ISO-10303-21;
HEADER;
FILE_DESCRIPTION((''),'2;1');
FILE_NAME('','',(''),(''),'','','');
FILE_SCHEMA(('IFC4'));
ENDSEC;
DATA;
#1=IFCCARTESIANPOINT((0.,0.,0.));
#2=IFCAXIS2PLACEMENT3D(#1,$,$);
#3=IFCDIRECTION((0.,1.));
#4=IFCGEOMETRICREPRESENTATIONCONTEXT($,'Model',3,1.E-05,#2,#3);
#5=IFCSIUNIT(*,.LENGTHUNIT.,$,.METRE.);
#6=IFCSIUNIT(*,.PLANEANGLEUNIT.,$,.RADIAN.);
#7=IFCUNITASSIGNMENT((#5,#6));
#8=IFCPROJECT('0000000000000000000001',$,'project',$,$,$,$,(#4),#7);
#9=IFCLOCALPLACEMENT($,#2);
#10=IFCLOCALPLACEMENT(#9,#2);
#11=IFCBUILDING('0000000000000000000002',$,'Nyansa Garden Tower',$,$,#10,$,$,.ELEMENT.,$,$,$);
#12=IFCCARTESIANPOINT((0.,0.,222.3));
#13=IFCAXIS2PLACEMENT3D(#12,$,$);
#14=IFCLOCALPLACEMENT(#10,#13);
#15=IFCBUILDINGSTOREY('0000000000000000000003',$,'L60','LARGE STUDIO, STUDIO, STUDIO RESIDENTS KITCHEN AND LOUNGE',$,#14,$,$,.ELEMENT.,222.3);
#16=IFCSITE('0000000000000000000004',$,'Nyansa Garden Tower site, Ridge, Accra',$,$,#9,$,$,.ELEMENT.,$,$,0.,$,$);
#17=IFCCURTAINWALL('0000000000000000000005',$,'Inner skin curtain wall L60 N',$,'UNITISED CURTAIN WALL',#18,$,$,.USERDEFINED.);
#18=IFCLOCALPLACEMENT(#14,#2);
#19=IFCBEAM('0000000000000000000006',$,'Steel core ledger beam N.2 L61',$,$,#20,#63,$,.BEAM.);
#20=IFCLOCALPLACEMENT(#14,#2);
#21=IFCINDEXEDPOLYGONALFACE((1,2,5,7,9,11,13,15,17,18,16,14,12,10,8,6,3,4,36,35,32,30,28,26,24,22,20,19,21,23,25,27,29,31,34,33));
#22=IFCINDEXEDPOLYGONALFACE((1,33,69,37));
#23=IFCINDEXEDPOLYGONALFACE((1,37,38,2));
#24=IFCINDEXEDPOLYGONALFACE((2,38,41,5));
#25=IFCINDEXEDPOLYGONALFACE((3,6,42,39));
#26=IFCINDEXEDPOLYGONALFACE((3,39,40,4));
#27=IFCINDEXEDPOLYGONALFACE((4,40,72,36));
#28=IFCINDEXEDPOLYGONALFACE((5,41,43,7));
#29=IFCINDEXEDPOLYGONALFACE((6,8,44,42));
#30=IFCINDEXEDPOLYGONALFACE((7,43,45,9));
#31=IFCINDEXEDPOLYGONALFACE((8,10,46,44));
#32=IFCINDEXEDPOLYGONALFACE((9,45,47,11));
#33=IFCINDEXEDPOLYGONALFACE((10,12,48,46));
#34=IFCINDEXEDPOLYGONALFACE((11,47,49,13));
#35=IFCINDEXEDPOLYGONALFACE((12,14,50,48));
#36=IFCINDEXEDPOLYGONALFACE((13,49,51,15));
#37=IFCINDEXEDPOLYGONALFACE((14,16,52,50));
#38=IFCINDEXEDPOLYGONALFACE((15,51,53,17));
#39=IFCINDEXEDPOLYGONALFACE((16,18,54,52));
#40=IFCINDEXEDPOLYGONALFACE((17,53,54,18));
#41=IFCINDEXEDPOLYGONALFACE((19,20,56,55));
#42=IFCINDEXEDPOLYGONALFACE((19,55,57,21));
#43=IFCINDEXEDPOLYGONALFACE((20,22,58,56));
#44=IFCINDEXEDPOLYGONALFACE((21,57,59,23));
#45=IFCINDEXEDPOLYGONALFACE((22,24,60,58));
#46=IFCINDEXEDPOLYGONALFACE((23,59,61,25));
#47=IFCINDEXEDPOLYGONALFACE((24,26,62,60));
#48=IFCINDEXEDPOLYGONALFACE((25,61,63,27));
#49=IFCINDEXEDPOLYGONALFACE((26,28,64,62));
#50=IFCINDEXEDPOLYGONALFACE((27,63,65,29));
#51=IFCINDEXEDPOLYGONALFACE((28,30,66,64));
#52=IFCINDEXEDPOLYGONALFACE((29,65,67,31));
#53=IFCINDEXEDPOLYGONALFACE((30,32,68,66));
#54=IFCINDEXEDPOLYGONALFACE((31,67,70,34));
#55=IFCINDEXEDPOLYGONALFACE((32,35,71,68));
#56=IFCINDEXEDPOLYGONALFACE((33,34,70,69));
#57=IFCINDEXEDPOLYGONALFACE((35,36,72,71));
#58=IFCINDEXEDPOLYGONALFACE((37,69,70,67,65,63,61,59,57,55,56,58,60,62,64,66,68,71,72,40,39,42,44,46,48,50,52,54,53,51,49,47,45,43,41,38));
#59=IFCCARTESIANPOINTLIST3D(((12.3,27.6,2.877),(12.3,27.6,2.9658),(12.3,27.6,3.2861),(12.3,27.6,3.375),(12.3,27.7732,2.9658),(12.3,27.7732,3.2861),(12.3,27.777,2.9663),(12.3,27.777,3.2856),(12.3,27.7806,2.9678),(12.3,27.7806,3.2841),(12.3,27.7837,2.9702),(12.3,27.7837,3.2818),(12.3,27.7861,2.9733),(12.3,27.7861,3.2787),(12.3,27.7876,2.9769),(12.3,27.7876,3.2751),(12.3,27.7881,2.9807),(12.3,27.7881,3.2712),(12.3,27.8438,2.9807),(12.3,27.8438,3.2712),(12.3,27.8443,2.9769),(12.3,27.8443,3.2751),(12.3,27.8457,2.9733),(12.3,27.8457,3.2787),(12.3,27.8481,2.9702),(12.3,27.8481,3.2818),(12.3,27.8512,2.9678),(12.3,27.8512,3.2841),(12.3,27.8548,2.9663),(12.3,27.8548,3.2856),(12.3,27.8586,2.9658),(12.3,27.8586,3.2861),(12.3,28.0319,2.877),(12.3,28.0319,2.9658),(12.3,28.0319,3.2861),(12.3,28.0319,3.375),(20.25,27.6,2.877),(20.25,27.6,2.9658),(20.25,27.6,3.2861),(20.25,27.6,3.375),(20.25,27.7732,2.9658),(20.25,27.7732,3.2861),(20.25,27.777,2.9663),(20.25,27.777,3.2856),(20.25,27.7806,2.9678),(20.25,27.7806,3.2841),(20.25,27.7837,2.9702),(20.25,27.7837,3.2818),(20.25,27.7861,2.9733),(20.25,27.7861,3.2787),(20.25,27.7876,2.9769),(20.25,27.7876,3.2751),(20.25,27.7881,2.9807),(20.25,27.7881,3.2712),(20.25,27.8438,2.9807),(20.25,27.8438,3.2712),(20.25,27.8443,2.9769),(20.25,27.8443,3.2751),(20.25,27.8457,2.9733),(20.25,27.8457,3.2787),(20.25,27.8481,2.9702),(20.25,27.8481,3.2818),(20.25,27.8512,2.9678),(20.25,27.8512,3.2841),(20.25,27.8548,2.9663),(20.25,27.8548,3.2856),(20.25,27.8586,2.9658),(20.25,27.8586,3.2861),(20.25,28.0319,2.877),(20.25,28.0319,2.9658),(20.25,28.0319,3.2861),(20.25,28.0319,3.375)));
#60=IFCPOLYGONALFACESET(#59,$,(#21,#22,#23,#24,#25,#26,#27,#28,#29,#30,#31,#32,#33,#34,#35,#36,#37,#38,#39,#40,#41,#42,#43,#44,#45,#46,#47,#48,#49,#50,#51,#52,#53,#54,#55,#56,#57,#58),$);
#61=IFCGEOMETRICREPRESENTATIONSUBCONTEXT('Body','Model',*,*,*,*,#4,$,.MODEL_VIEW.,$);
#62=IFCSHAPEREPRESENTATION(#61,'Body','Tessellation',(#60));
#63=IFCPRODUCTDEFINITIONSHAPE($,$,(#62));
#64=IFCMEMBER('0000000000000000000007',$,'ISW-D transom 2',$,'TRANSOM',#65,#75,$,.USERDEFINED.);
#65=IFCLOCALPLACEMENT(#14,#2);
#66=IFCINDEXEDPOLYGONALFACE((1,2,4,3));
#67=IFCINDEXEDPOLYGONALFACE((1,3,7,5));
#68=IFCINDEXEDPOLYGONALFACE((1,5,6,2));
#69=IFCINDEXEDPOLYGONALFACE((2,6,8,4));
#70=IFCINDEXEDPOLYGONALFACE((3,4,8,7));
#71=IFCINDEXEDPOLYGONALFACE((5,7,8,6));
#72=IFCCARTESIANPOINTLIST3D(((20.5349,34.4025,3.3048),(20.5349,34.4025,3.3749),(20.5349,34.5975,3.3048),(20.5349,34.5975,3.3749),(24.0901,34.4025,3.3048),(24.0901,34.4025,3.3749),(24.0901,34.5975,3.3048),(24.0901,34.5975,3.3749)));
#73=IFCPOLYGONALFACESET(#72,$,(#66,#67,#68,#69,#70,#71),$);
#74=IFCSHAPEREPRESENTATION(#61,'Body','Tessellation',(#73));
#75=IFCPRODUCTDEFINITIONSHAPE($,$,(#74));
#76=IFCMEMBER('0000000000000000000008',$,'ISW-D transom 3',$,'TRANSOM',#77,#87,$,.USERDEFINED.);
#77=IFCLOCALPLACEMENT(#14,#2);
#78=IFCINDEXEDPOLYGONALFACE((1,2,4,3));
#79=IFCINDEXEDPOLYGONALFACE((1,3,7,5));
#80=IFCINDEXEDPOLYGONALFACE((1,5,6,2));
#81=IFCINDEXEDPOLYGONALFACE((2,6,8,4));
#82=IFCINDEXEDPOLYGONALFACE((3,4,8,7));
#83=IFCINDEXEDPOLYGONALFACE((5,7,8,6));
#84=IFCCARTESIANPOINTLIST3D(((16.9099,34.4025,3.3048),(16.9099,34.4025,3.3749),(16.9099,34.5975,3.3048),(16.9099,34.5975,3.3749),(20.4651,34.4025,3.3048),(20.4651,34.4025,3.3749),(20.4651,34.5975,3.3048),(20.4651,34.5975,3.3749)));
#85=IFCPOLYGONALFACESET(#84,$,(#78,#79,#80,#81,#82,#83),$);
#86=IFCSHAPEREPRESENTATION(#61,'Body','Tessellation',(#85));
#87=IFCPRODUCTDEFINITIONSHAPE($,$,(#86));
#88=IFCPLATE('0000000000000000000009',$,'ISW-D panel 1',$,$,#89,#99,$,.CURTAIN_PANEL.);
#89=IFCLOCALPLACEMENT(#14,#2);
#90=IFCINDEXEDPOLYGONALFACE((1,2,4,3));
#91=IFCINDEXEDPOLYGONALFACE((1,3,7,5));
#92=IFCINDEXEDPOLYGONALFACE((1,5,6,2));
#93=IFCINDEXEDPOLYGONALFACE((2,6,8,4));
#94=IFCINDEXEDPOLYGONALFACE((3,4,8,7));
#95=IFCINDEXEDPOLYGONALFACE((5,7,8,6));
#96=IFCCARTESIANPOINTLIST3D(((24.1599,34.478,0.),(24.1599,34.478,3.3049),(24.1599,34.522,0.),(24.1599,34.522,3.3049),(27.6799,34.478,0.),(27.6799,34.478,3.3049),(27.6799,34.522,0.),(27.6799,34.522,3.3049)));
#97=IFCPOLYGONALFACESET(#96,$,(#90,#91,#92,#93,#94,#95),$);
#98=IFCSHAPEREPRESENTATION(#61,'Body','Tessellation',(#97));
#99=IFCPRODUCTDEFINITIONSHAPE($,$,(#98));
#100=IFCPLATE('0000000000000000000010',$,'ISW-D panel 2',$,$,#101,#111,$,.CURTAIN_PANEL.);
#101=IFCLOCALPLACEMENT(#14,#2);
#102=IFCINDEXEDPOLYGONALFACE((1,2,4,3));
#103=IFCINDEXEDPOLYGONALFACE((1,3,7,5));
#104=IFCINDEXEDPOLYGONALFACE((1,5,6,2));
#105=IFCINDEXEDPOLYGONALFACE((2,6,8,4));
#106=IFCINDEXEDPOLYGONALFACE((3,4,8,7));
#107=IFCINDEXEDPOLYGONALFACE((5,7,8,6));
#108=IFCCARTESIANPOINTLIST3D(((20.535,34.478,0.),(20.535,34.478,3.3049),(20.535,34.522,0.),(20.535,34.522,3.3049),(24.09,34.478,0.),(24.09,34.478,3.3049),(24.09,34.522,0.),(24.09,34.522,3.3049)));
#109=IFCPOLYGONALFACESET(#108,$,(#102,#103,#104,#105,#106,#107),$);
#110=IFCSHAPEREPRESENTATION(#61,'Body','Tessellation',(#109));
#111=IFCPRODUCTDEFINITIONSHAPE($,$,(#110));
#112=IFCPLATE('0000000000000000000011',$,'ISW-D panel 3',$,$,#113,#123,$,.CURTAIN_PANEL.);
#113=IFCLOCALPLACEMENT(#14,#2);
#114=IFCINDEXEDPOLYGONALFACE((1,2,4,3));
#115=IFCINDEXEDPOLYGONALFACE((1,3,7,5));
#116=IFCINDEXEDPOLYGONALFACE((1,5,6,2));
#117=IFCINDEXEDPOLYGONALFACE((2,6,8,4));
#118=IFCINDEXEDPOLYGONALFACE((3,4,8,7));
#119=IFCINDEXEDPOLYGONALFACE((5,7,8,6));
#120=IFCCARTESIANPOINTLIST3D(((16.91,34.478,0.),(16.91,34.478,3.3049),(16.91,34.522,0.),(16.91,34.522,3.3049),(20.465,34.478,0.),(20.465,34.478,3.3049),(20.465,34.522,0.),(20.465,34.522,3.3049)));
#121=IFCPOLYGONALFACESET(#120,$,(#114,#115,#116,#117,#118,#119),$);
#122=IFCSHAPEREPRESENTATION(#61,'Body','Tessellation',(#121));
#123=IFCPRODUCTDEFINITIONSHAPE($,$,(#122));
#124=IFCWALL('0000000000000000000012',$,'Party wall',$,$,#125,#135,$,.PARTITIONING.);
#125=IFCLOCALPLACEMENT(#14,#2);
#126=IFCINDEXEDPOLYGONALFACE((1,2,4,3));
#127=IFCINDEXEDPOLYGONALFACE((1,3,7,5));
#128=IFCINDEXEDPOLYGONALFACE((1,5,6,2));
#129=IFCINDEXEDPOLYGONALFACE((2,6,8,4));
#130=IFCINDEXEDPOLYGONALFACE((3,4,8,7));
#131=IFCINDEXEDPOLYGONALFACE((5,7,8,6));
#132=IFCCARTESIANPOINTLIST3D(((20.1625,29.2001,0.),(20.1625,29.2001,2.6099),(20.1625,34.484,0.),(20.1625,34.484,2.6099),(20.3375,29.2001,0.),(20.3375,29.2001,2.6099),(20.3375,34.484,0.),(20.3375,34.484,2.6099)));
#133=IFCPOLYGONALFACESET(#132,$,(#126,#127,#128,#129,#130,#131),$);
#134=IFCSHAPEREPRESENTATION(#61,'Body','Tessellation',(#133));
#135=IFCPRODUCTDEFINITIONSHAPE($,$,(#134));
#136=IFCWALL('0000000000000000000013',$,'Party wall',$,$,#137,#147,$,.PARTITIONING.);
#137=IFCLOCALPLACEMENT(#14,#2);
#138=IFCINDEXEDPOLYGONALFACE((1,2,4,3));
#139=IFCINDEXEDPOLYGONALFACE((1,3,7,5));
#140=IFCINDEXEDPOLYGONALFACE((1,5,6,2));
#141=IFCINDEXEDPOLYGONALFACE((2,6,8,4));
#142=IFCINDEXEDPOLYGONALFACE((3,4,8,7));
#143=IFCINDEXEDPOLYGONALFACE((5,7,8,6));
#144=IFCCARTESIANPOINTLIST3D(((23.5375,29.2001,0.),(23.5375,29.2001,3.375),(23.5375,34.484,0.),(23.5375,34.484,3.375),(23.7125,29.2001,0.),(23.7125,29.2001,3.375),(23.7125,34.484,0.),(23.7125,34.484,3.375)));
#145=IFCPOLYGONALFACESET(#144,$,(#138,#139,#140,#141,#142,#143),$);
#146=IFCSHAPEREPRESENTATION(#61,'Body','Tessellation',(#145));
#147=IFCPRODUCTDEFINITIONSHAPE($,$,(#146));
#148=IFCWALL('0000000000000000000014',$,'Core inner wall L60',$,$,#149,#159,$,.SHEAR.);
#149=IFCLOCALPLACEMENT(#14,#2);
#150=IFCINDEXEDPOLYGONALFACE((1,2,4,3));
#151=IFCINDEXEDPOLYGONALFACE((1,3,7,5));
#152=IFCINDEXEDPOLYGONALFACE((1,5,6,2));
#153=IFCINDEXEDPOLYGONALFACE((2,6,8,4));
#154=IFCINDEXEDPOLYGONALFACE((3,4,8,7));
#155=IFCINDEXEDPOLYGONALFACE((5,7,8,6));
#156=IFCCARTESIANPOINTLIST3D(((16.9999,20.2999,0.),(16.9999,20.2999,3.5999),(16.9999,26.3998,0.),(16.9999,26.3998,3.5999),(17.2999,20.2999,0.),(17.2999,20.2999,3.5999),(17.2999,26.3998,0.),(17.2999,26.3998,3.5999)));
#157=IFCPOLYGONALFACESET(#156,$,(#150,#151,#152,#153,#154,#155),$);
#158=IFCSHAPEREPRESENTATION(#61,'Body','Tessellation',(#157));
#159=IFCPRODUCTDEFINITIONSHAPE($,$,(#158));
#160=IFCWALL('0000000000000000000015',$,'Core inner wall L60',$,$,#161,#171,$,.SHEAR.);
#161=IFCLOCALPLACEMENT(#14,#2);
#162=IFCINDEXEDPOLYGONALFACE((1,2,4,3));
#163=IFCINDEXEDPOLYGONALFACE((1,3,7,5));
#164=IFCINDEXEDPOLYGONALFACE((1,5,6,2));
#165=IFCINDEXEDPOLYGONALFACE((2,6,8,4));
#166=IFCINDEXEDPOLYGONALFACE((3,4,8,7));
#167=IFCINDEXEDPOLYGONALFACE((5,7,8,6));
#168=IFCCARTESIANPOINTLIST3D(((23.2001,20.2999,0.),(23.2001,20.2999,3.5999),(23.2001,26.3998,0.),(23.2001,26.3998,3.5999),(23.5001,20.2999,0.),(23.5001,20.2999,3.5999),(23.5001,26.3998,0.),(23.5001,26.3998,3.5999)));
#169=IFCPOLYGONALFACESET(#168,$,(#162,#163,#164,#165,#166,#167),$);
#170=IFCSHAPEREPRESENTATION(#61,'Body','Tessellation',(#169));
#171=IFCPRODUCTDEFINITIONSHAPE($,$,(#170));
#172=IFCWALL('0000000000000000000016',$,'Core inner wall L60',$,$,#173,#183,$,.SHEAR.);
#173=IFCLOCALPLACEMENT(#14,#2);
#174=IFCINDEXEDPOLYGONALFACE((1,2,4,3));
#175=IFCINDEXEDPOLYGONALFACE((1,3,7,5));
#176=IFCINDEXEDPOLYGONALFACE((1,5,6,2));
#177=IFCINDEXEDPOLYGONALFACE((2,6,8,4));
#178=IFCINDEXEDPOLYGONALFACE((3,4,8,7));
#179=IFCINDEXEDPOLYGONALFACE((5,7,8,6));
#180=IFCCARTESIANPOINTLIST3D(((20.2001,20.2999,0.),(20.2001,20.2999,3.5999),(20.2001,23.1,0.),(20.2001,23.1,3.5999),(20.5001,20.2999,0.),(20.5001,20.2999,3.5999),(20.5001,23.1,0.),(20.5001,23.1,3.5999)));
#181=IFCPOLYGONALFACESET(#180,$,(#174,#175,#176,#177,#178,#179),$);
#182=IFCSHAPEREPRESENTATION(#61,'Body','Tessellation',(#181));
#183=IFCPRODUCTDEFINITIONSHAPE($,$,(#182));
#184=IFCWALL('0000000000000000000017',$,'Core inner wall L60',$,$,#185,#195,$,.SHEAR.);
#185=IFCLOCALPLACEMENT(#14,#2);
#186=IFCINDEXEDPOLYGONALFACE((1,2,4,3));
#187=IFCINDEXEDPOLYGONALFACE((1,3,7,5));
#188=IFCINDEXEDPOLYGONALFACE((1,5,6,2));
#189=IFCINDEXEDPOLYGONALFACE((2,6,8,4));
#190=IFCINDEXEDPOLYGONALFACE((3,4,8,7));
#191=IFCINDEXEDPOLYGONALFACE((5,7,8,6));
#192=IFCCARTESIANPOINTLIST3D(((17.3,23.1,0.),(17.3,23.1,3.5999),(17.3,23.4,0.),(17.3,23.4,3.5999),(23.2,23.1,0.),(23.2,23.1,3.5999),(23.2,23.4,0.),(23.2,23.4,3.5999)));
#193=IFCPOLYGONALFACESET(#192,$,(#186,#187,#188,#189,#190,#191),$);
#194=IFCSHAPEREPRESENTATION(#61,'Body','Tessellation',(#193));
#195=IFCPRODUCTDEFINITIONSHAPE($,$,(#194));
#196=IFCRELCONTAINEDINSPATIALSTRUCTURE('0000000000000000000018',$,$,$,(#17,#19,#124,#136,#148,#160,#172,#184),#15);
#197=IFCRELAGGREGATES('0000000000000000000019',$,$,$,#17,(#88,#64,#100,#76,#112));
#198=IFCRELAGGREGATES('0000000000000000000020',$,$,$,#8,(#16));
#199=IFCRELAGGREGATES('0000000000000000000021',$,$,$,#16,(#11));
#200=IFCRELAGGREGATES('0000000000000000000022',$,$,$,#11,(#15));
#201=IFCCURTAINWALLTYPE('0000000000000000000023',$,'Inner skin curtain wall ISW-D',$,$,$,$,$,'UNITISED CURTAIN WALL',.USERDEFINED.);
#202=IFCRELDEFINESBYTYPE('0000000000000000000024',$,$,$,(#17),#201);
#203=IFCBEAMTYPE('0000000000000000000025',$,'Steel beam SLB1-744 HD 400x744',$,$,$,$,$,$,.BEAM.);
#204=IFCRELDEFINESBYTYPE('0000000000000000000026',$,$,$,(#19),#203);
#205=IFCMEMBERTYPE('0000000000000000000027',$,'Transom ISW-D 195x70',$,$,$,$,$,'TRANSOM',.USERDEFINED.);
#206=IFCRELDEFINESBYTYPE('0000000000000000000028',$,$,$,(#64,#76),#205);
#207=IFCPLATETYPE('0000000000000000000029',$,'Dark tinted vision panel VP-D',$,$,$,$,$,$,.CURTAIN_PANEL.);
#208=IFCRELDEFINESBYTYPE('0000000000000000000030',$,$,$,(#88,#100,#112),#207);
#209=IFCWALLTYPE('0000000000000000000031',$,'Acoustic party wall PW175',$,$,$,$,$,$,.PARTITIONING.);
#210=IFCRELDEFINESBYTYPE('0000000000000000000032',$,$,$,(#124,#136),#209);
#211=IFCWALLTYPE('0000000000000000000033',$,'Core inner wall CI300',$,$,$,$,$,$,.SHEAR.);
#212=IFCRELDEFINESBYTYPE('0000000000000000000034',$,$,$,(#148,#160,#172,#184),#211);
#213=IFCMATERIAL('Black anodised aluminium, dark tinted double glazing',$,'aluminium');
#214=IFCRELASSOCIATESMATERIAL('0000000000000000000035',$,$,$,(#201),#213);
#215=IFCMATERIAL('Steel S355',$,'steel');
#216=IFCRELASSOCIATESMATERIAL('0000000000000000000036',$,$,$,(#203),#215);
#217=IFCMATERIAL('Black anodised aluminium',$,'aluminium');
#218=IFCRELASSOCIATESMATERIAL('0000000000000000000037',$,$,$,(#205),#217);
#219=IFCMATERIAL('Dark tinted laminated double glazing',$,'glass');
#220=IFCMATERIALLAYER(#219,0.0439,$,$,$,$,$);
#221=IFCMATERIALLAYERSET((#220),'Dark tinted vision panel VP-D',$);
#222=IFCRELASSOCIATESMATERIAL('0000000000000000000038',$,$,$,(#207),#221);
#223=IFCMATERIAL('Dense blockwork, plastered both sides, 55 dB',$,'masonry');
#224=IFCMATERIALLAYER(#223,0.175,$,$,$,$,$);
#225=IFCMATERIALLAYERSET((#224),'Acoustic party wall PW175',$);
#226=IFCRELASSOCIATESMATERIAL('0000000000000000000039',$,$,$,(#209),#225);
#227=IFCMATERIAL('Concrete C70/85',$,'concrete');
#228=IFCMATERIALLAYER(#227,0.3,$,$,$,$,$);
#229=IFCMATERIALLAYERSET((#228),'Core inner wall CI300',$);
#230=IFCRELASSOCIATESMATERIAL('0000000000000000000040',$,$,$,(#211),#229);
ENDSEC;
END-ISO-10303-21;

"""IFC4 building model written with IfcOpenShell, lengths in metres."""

from ifc_helpers import new_model, si_unit, direction, frame, frame_2d, origin, origin_2d, place, context, subcontext, project, spatial, rectangle, i_section, extrude, material, layer, layer_set, material_profile, profile_set, type_object, element, aggregate, save


model = new_model("IFC4")

# Units and contexts
model_context = context("Model", 3, precision=1e-05, world=origin(), true_north=direction((0.0, 1.0)))
body_context = subcontext(model_context, "Body", "Model", "MODEL_VIEW")
ifc_project = project(units=[si_unit("LENGTHUNIT", "METRE"), si_unit("PLANEANGLEUNIT", "RADIAN")], contexts=[model_context])

# Site, building, storey
site_placement = place(None, origin())
site = spatial("IfcSite", under=ifc_project, at=site_placement, Name="Nyansa Garden Tower site, Ridge, Accra", CompositionType="ELEMENT", RefElevation=0.0)
building_placement = place(site_placement, origin())
building = spatial("IfcBuilding", under=site, at=building_placement, Name="Nyansa Garden Tower", CompositionType="ELEMENT")
storey_placement = place(building_placement, frame((0.0, 0.0, 222.3)))
storey = spatial("IfcBuildingStorey", under=building, at=storey_placement, Name="L60", Description="LARGE STUDIO, STUDIO, STUDIO RESIDENTS KITCHEN AND LOUNGE", CompositionType="ELEMENT", Elevation=222.3)

# Curtain wall
ifc_material_1 = material(Name="Black anodised aluminium, dark tinted double glazing", Category="aluminium")
curtain_wall_type = type_object("IfcCurtainWallType", Name="Inner skin curtain wall ISW-D", ElementType="UNITISED CURTAIN WALL", PredefinedType="USERDEFINED", material=ifc_material_1)
curtain_wall_placement = place(storey_placement, origin())
curtain_wall = element("IfcCurtainWall", 1, at=curtain_wall_placement, inside=storey, type_object=curtain_wall_type, Name="Inner skin curtain wall L60 N", ObjectType="UNITISED CURTAIN WALL", PredefinedType="USERDEFINED")

# Beam
ifc_material_2 = material(Name="Steel S355", Category="steel")
ifc_material_profile_1 = material_profile(ifc_material_2, i_section(OverallWidth=0.4319, OverallDepth=0.498, WebThickness=0.0557, FlangeThickness=0.0889, FilletRadius=0.0149, at=origin_2d()), Name="HD 400x744")
ifc_profile_set_1 = profile_set([ifc_material_profile_1], Name="Steel S355")
beam_type_1 = type_object("IfcBeamType", Name="Steel beam SLB1-744 HD 400x744", PredefinedType="BEAM", material=ifc_profile_set_1)
beam_1_placement = place(storey_placement, frame((20.25, 27.8159, 3.126), z_axis=(-1.0, 0.0, 0.0), x_axis=(0.0, -1.0, 0.0)))
element("IfcBeam", 2, at=beam_1_placement, inside=storey, type_object=beam_type_1, Name="Steel core ledger beam N.2 L61", PredefinedType="BEAM", context=body_context, shape_type="SweptSolid", body=[
    extrude(i_section(OverallWidth=0.4319, OverallDepth=0.498, WebThickness=0.0557, FlangeThickness=0.0889, FilletRadius=0.0149, at=origin_2d()), origin(), (0.0, 0.0, 1.0), 7.95),
])

# Members
ifc_material_3 = material(Name="Black anodised aluminium", Category="aluminium")
ifc_material_profile_2 = material_profile(ifc_material_3, rectangle(XDim=0.1951, YDim=0.0701, at=origin_2d()), Name="Transom 195x70")
ifc_profile_set_2 = profile_set([ifc_material_profile_2], Name="Black anodised aluminium")
member_type_1 = type_object("IfcMemberType", Name="Transom ISW-D 195x70", ElementType="TRANSOM", PredefinedType="USERDEFINED", material=ifc_profile_set_2)
member_1_placement = place(storey_placement, frame((24.0901, 34.5, 3.3398), z_axis=(-1.0, 0.0, 0.0), x_axis=(0.0, -1.0, 0.0)))
member_1 = element("IfcMember", 3, at=member_1_placement, type_object=member_type_1, Name="ISW-D transom 2", ObjectType="TRANSOM", PredefinedType="USERDEFINED", context=body_context, shape_type="SweptSolid", body=[
    extrude(rectangle(XDim=0.1951, YDim=0.0701, at=origin_2d()), origin(), (0.0, 0.0, 1.0), 3.5552),
])
member_2_placement = place(storey_placement, frame((20.4651, 34.5, 3.3398), z_axis=(-1.0, 0.0, 0.0), x_axis=(0.0, -1.0, 0.0)))
member_2 = element("IfcMember", 4, at=member_2_placement, type_object=member_type_1, Name="ISW-D transom 3", ObjectType="TRANSOM", PredefinedType="USERDEFINED", context=body_context, shape_type="SweptSolid", body=[
    extrude(rectangle(XDim=0.1951, YDim=0.0701, at=origin_2d()), origin(), (0.0, 0.0, 1.0), 3.5552),
])

# Plates
ifc_material_4 = material(Name="Dark tinted laminated double glazing", Category="glass")
ifc_layer_1 = layer(ifc_material_4, 0.0439)
ifc_layer_set_1 = layer_set([ifc_layer_1], Name="Dark tinted vision panel VP-D")
plate_type = type_object("IfcPlateType", Name="Dark tinted vision panel VP-D", PredefinedType="CURTAIN_PANEL", material=ifc_layer_set_1)
plate_1_placement = place(storey_placement, frame((25.9199, 34.5, 0.0), z_axis=(0.0, 0.0, 1.0), x_axis=(-1.0, 0.0, 0.0)))
plate_1 = element("IfcPlate", 5, at=plate_1_placement, type_object=plate_type, Name="ISW-D panel 1", PredefinedType="CURTAIN_PANEL", context=body_context, shape_type="SweptSolid", body=[
    extrude(rectangle(XDim=3.52, YDim=0.0439, at=origin_2d()), origin(), (0.0, 0.0, 1.0), 3.3049),
])
plate_2_placement = place(storey_placement, frame((22.3125, 34.5, 0.0), z_axis=(0.0, 0.0, 1.0), x_axis=(-1.0, 0.0, 0.0)))
plate_2 = element("IfcPlate", 6, at=plate_2_placement, type_object=plate_type, Name="ISW-D panel 2", PredefinedType="CURTAIN_PANEL", context=body_context, shape_type="SweptSolid", body=[
    extrude(rectangle(XDim=3.5549, YDim=0.0439, at=origin_2d()), origin(), (0.0, 0.0, 1.0), 3.3049),
])
plate_3_placement = place(storey_placement, frame((18.6875, 34.5, 0.0), z_axis=(0.0, 0.0, 1.0), x_axis=(-1.0, 0.0, 0.0)))
plate_3 = element("IfcPlate", 7, at=plate_3_placement, type_object=plate_type, Name="ISW-D panel 3", PredefinedType="CURTAIN_PANEL", context=body_context, shape_type="SweptSolid", body=[
    extrude(rectangle(XDim=3.5549, YDim=0.0439, at=origin_2d()), origin(), (0.0, 0.0, 1.0), 3.3049),
])
aggregate(curtain_wall, [plate_1, member_1, plate_2, member_2, plate_3])

# Walls
ifc_material_5 = material(Name="Dense blockwork, plastered both sides, 55 dB", Category="masonry")
ifc_layer_2 = layer(ifc_material_5, 0.175)
ifc_layer_set_2 = layer_set([ifc_layer_2], Name="Acoustic party wall PW175")
wall_type_1 = type_object("IfcWallType", Name="Acoustic party wall PW175", PredefinedType="PARTITIONING", material=ifc_layer_set_2)
wall_1_placement = place(storey_placement, frame((20.25, 29.2, 0.0), z_axis=(0.0, 0.0, 1.0), x_axis=(0.0, 1.0, 0.0)))
element("IfcWall", 8, at=wall_1_placement, inside=storey, type_object=wall_type_1, Name="Party wall", PredefinedType="PARTITIONING", context=body_context, shape_type="SweptSolid", body=[
    extrude(rectangle(XDim=5.2839, YDim=0.175, at=frame_2d((2.6421, 0.0))), origin(), (0.0, 0.0, 1.0), 2.6099),
])
wall_2_placement = place(storey_placement, frame((23.625, 29.2, 0.0), z_axis=(0.0, 0.0, 1.0), x_axis=(0.0, 1.0, 0.0)))
element("IfcWall", 9, at=wall_2_placement, inside=storey, type_object=wall_type_1, Name="Party wall", PredefinedType="PARTITIONING", context=body_context, shape_type="SweptSolid", body=[
    extrude(rectangle(XDim=5.2839, YDim=0.175, at=frame_2d((2.6421, 0.0))), origin(), (0.0, 0.0, 1.0), 3.375),
])
ifc_material_6 = material(Name="Concrete C70/85", Category="concrete")
ifc_layer_3 = layer(ifc_material_6, 0.3)
ifc_layer_set_3 = layer_set([ifc_layer_3], Name="Core inner wall CI300")
wall_type_2 = type_object("IfcWallType", Name="Core inner wall CI300", PredefinedType="SHEAR", material=ifc_layer_set_3)
for number, where, z_axis, x_axis, name in (
    (10, (17.1499, 20.3, 0.0), (0.0, 0.0, 1.0), (0.0, 1.0, 0.0), "Core inner wall L60"),
    (11, (23.3501, 20.3, 0.0), (0.0, 0.0, 1.0), (0.0, 1.0, 0.0), "Core inner wall L60"),
):
    element("IfcWall", number, at=place(storey_placement, frame(where, z_axis=z_axis, x_axis=x_axis)), inside=storey, type_object=wall_type_2, Name=name, PredefinedType="SHEAR", context=body_context, shape_type="SweptSolid", body=[
        extrude(rectangle(XDim=6.0999, YDim=0.3, at=frame_2d((3.0498, 0.0))), origin(), (0.0, 0.0, 1.0), 3.5999),
    ])
wall_3_placement = place(storey_placement, frame((20.3501, 20.3, 0.0), z_axis=(0.0, 0.0, 1.0), x_axis=(0.0, 1.0, 0.0)))
element("IfcWall", 12, at=wall_3_placement, inside=storey, type_object=wall_type_2, Name="Core inner wall L60", PredefinedType="SHEAR", context=body_context, shape_type="SweptSolid", body=[
    extrude(rectangle(XDim=2.8, YDim=0.3, at=frame_2d((1.3999, 0.0))), origin(), (0.0, 0.0, 1.0), 3.5999),
])
wall_4_placement = place(storey_placement, frame((17.3, 23.25, 0.0), z_axis=(0.0, 0.0, 1.0), x_axis=(1.0, 0.0, 0.0)))
element("IfcWall", 13, at=wall_4_placement, inside=storey, type_object=wall_type_2, Name="Core inner wall L60", PredefinedType="SHEAR", context=body_context, shape_type="SweptSolid", body=[
    extrude(rectangle(XDim=5.8999, YDim=0.3, at=frame_2d((2.95, 0.0))), origin(), (0.0, 0.0, 1.0), 3.5999),
])

save(model, "model.ifc")
